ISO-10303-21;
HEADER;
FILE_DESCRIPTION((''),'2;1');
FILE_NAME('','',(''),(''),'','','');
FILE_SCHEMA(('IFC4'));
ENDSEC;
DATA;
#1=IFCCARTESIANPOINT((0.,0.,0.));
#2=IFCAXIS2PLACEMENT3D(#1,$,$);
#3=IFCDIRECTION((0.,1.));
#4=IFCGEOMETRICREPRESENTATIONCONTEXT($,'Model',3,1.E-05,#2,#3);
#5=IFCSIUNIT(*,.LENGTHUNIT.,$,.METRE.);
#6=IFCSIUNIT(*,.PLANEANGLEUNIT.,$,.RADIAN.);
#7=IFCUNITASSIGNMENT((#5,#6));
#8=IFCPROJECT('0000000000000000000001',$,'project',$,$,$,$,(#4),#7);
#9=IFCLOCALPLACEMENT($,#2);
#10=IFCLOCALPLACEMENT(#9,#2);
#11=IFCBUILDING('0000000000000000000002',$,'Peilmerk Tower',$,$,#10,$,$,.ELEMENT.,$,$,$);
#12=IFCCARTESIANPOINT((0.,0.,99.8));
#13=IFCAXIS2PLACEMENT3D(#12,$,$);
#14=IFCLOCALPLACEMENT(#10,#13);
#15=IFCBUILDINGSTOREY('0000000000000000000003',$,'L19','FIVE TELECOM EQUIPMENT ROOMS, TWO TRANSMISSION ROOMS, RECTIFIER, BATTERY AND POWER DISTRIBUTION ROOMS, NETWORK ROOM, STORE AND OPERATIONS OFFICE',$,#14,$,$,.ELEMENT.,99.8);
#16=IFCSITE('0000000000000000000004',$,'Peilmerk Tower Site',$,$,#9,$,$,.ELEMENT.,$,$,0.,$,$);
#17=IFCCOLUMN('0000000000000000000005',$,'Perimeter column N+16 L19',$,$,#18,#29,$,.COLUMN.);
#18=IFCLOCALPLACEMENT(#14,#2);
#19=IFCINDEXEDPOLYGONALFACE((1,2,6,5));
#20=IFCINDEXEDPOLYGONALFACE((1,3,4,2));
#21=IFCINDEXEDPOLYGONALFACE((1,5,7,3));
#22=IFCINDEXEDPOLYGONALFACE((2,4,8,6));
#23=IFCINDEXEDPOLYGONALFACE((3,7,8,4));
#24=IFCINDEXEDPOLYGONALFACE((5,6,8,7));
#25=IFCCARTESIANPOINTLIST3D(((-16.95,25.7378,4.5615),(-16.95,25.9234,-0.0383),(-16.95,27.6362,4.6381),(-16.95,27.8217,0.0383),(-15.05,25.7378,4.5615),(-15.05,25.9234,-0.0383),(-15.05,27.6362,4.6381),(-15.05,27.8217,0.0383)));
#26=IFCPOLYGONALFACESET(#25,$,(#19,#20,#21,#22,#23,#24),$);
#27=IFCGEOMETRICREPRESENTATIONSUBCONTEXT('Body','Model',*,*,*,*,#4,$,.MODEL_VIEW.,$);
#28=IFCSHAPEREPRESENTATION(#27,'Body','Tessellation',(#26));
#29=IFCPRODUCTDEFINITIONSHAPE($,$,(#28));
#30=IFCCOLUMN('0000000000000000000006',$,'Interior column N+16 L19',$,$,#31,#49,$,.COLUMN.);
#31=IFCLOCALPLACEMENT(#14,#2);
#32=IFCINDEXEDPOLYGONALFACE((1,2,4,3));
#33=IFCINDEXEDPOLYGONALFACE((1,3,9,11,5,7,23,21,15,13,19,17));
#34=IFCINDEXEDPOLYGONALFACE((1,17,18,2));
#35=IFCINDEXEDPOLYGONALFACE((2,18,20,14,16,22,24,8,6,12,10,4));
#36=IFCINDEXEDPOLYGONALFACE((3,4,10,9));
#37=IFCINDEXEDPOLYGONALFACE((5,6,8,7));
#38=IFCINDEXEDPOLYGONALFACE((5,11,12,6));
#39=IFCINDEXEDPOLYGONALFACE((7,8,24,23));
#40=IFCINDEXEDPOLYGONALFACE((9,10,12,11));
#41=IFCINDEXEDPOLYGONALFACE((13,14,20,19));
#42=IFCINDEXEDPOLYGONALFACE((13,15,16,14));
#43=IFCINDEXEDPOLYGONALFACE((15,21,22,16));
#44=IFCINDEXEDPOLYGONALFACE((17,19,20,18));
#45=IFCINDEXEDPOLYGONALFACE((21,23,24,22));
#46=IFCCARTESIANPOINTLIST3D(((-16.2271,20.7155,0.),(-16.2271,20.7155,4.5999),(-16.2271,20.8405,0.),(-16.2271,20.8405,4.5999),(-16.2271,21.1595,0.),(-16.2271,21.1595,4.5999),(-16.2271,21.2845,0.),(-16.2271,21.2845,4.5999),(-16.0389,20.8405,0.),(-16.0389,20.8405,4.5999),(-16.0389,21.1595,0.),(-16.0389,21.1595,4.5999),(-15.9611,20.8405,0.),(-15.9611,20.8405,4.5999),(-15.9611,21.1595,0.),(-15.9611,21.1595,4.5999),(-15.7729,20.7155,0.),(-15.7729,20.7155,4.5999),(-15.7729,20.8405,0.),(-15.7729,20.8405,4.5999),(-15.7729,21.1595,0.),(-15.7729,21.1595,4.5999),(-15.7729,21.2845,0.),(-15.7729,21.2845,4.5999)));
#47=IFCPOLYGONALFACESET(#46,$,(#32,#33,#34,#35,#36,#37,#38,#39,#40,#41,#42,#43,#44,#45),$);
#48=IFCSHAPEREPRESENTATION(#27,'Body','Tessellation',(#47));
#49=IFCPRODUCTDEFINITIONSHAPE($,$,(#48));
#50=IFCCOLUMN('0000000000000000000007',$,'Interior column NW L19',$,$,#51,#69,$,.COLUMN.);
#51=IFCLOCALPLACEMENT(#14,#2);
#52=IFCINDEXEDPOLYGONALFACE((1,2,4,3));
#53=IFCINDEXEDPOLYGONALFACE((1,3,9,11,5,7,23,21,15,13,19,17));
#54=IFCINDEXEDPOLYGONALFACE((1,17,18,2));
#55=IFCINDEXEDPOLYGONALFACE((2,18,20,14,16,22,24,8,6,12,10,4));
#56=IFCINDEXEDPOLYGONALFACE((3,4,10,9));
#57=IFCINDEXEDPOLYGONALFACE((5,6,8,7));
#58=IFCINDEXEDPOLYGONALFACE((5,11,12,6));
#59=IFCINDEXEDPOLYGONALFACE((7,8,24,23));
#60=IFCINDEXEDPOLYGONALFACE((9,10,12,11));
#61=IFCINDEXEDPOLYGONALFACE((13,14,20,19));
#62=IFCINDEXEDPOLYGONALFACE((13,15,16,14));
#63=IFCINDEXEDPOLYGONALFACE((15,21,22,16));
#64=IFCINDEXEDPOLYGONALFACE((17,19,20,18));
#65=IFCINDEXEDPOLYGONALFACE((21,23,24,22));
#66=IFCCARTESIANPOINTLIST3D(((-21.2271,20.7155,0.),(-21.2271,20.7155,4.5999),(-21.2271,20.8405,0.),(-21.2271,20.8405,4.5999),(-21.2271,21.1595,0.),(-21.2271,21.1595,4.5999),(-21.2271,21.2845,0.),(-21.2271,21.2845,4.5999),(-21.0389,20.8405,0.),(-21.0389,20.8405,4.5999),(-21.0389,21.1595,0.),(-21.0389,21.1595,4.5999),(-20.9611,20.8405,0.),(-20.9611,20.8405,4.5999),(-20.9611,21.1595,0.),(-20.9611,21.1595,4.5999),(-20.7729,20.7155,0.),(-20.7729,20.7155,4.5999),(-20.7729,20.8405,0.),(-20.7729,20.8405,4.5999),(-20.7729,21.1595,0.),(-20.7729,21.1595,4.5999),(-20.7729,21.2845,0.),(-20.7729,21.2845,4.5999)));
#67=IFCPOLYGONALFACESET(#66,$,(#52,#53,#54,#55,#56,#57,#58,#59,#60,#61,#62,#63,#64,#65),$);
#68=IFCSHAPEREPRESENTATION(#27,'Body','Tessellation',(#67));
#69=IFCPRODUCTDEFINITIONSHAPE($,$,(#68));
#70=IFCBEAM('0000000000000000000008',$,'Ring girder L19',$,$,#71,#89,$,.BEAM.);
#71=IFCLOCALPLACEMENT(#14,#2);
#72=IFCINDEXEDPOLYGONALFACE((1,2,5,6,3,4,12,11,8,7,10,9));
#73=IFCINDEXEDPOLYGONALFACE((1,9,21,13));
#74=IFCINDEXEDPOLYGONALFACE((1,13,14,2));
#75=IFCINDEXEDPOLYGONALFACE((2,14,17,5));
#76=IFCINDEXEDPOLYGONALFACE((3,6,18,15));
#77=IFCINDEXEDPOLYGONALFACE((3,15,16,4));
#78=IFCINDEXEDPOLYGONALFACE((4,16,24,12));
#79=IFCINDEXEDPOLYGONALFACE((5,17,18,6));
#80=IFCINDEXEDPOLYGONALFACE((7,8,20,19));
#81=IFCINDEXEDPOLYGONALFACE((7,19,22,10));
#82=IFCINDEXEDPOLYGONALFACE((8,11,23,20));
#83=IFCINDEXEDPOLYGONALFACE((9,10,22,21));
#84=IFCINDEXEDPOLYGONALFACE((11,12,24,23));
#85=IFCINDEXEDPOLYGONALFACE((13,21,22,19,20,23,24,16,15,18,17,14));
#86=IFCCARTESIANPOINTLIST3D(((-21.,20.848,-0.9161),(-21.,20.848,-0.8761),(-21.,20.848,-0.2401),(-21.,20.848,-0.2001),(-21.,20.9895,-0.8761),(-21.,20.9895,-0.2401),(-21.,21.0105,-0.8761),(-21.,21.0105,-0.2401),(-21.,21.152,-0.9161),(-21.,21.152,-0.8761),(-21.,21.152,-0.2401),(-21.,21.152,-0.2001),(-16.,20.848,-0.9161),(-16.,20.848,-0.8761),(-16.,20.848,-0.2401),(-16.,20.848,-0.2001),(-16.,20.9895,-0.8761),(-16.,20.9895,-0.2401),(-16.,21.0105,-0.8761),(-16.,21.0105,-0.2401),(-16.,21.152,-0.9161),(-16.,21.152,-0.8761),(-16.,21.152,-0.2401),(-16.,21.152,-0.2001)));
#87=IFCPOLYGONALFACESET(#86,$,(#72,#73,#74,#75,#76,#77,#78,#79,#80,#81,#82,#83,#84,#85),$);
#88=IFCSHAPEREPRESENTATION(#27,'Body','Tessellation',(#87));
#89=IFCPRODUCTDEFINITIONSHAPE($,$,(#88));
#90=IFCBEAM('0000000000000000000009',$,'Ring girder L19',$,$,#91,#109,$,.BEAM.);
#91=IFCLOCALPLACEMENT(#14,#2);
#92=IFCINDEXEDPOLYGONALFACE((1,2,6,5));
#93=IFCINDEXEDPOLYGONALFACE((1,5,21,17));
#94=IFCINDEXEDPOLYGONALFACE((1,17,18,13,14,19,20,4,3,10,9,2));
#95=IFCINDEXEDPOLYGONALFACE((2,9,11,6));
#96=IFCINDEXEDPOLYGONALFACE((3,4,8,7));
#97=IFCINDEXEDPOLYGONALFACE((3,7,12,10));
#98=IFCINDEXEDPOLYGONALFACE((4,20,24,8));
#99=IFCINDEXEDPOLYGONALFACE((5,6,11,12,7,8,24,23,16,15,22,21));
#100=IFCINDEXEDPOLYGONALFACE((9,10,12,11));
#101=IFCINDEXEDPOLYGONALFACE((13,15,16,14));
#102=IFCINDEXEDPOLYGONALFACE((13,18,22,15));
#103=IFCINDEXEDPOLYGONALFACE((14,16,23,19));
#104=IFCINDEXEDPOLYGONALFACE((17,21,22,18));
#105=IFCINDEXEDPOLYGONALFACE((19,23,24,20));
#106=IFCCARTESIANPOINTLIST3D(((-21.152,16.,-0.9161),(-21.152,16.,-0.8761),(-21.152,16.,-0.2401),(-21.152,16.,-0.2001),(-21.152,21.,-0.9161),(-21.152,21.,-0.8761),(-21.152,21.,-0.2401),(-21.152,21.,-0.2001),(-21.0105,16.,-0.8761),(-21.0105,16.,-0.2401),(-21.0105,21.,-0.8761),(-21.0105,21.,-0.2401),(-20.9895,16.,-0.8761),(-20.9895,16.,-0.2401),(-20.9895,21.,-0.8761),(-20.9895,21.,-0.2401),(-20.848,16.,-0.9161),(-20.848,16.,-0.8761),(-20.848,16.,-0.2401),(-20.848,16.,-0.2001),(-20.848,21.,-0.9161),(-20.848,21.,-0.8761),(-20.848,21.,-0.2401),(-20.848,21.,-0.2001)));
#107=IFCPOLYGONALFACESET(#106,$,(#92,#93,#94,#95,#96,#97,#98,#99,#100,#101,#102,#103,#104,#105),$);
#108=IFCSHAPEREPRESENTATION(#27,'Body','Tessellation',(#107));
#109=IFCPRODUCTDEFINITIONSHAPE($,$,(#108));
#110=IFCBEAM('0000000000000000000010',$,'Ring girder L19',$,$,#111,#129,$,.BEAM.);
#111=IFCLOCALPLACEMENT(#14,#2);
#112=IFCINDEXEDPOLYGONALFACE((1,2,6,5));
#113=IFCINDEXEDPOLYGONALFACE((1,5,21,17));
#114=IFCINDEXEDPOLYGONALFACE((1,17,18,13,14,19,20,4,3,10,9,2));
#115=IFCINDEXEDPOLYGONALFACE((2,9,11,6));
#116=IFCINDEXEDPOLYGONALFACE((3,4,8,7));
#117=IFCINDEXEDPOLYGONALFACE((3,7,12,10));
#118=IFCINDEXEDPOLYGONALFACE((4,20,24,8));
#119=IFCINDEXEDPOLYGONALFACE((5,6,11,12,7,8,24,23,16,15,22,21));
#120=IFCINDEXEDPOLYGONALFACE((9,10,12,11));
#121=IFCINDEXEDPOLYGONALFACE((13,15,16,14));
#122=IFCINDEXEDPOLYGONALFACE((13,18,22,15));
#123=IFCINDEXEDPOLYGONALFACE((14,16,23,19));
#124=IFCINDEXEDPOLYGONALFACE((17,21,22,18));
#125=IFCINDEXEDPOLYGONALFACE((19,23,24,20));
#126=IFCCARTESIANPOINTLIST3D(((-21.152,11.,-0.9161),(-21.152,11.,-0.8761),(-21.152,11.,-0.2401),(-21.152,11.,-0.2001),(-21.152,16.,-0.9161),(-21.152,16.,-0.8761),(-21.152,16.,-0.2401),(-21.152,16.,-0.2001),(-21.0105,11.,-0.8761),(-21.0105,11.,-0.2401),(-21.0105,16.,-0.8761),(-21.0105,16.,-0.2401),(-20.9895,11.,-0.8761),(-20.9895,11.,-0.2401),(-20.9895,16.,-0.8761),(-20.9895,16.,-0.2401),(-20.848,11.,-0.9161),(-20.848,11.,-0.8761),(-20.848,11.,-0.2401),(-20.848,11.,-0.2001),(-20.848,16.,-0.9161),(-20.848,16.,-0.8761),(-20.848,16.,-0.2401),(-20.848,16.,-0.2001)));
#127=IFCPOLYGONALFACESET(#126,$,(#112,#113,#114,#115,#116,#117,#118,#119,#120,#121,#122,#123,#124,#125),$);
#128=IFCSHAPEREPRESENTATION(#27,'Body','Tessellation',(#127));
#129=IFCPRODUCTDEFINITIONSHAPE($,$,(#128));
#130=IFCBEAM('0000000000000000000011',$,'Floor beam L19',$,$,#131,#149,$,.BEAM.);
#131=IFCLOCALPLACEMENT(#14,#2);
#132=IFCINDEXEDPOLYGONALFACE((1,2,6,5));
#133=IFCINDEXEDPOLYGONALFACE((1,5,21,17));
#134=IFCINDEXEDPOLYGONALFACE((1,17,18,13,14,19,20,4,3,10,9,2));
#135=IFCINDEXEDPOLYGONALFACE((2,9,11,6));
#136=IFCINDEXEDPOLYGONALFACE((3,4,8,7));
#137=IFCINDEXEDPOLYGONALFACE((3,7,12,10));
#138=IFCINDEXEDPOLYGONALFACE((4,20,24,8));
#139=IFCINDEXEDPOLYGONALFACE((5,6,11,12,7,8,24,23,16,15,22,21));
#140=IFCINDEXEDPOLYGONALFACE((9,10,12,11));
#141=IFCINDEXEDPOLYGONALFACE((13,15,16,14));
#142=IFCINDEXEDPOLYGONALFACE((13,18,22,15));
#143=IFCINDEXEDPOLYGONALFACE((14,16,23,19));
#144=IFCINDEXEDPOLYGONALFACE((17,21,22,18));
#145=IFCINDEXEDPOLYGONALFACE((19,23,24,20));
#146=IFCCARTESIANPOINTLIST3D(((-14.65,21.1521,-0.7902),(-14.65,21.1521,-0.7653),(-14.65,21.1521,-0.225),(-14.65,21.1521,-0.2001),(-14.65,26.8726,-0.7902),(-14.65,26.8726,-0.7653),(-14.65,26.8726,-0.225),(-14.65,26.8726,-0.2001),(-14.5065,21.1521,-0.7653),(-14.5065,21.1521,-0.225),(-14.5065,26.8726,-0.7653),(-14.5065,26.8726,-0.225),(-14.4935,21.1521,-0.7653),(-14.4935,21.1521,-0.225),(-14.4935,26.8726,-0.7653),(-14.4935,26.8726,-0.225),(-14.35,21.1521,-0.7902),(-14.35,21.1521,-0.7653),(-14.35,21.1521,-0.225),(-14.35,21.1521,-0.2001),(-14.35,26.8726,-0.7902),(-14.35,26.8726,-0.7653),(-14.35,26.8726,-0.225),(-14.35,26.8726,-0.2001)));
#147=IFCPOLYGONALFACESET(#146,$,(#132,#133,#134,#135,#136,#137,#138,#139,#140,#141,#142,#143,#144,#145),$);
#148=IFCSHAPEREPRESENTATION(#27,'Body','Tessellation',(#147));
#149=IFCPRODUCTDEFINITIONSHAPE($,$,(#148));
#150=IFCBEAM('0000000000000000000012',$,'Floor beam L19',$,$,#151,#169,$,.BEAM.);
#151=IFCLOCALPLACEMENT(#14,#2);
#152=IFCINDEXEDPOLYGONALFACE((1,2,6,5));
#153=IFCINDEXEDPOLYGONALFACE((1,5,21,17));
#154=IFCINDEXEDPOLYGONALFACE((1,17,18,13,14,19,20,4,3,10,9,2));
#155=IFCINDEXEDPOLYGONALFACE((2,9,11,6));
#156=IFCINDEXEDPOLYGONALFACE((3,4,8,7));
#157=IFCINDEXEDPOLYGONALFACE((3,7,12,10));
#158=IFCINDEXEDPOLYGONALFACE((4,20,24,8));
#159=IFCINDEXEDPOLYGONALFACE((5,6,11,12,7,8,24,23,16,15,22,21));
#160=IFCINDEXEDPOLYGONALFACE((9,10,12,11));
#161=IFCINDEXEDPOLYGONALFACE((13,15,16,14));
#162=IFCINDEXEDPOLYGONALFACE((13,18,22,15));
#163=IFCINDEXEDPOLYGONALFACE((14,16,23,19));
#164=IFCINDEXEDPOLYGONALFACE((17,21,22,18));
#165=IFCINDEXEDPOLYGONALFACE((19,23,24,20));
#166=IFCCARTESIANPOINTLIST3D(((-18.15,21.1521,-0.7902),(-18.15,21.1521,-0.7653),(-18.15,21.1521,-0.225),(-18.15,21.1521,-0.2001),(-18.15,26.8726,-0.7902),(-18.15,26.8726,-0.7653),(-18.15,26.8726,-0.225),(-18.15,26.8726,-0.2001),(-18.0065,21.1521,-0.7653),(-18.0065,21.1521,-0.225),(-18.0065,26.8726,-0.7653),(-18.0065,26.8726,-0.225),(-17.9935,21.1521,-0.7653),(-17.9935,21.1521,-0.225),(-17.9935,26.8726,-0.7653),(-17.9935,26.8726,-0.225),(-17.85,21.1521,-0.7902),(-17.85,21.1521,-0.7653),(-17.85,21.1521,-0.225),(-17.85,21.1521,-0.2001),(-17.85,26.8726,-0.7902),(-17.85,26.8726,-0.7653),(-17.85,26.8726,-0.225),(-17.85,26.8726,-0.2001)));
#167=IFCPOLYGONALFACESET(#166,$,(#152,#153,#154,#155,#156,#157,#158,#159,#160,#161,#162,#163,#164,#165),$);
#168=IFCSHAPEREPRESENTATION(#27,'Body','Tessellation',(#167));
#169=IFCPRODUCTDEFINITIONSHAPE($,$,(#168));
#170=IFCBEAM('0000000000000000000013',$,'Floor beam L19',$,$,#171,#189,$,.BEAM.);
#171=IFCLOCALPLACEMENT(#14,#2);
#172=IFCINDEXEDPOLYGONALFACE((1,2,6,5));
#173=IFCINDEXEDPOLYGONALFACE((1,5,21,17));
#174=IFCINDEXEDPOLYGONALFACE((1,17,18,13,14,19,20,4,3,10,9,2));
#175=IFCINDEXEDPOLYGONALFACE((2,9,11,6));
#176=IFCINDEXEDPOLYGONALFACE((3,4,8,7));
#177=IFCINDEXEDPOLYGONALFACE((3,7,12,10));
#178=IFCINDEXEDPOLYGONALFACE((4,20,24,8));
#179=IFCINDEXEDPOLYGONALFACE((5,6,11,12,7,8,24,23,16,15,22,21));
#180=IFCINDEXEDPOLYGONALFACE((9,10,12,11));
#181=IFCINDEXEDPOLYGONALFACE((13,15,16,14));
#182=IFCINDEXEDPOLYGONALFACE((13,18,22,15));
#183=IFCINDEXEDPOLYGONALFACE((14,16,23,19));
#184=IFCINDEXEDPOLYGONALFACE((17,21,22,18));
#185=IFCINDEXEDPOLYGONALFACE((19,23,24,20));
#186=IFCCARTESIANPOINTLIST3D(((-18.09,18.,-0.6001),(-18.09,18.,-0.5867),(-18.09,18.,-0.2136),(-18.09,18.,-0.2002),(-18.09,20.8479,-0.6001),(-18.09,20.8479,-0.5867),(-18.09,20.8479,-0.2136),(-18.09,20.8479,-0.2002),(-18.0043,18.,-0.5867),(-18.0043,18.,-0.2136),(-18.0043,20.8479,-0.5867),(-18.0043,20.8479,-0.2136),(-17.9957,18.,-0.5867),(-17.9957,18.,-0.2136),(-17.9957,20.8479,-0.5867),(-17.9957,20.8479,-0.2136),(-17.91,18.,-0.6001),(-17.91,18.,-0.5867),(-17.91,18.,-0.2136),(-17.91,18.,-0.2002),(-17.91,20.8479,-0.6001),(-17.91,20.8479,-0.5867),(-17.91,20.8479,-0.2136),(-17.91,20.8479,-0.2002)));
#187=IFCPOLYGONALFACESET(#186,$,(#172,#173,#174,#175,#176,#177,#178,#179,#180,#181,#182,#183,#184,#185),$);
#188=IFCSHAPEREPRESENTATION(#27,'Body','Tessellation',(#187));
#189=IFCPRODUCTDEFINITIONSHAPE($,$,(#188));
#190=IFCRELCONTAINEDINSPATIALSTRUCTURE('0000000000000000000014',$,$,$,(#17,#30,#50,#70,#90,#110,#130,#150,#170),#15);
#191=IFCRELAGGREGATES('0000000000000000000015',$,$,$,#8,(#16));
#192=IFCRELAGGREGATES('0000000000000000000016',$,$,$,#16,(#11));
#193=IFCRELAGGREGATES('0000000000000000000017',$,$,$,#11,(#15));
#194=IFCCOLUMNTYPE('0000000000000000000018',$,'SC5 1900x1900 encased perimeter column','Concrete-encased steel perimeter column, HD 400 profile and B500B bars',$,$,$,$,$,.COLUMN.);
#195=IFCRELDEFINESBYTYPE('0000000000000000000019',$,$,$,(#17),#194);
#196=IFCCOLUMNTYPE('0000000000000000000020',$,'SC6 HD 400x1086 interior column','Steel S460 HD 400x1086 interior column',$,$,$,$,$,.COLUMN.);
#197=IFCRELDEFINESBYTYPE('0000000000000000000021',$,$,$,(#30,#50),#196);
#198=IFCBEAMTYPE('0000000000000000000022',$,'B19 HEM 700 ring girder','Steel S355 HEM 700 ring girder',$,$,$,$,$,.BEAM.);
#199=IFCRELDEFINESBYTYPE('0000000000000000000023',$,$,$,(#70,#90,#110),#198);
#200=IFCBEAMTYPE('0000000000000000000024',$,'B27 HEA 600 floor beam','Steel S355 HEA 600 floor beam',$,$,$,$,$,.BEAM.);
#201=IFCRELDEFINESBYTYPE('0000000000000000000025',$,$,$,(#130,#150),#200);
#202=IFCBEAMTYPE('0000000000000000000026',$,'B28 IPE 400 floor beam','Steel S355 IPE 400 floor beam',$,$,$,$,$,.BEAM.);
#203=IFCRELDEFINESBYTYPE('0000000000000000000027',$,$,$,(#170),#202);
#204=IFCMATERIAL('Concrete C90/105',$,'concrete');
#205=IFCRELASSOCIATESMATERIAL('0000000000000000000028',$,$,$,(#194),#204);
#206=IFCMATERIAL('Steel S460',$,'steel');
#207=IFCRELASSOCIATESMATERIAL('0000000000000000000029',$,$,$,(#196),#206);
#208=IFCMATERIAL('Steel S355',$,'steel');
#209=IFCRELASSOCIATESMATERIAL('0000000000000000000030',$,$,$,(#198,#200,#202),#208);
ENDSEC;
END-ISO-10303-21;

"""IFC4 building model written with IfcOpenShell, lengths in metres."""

from ifc_helpers import new_model, si_unit, direction, frame, origin, origin_2d, place, context, subcontext, project, spatial, rectangle, i_section, extrude, material, material_profile, profile_set, type_object, element, save


model = new_model("IFC4")

# Units and contexts
model_context = context("Model", 3, precision=1e-05, world=origin(), true_north=direction((0.0, 1.0)))
body_context = subcontext(model_context, "Body", "Model", "MODEL_VIEW")
ifc_project = project(units=[si_unit("LENGTHUNIT", "METRE"), si_unit("PLANEANGLEUNIT", "RADIAN")], contexts=[model_context])

# Site, building, storey
site_placement = place(None, origin())
site = spatial("IfcSite", under=ifc_project, at=site_placement, Name="Peilmerk Tower Site", CompositionType="ELEMENT", RefElevation=0.0)
building_placement = place(site_placement, origin())
building = spatial("IfcBuilding", under=site, at=building_placement, Name="Peilmerk Tower", CompositionType="ELEMENT")
storey_placement = place(building_placement, frame((0.0, 0.0, 99.8)))
storey = spatial("IfcBuildingStorey", under=building, at=storey_placement, Name="L19", Description="FIVE TELECOM EQUIPMENT ROOMS, TWO TRANSMISSION ROOMS, RECTIFIER, BATTERY AND POWER DISTRIBUTION ROOMS, NETWORK ROOM, STORE AND OPERATIONS OFFICE", CompositionType="ELEMENT", Elevation=99.8)

# Columns
ifc_material_1 = material(Name="Concrete C90/105", Category="concrete")
ifc_material_profile_1 = material_profile(ifc_material_1, rectangle(XDim=1.8999, YDim=1.8999, at=origin_2d()), Name="RC 1900x1900")
ifc_profile_set_1 = profile_set([ifc_material_profile_1], Name="Concrete C90/105")
column_type_1 = type_object("IfcColumnType", Name="SC5 1900x1900 encased perimeter column", Description="Concrete-encased steel perimeter column, HD 400 profile and B500B bars", PredefinedType="COLUMN", material=ifc_profile_set_1)
column_placement = place(storey_placement, frame((-16.0, 26.8726, 0.0), z_axis=(0.0, -0.040305, 0.999187), x_axis=(1.0, 0.0, 0.0)))
element("IfcColumn", 1, at=column_placement, inside=storey, type_object=column_type_1, Name="Perimeter column N+16 L19", PredefinedType="COLUMN", context=body_context, shape_type="SweptSolid", body=[
    extrude(rectangle(XDim=1.8999, YDim=1.8999, at=origin_2d()), origin(), (0.0, 0.0, 1.0), 4.6035),
])
ifc_material_2 = material(Name="Steel S460", Category="steel")
ifc_material_profile_2 = material_profile(ifc_material_2, i_section(OverallWidth=0.4541, OverallDepth=0.5691, WebThickness=0.0779, FlangeThickness=0.125, at=origin_2d()), Name="HD 400x1086")
ifc_profile_set_2 = profile_set([ifc_material_profile_2], Name="Steel S460")
column_type_2 = type_object("IfcColumnType", Name="SC6 HD 400x1086 interior column", Description="Steel S460 HD 400x1086 interior column", PredefinedType="COLUMN", material=ifc_profile_set_2)
for number, where, z_axis, x_axis, name in (
    (2, (-16.0, 21.0, 0.0), (0.0, 0.0, 1.0), (1.0, 0.0, 0.0), "Interior column N+16 L19"),
    (3, (-21.0, 21.0, 0.0), (0.0, 0.0, 1.0), (1.0, 0.0, 0.0), "Interior column NW L19"),
):
    element("IfcColumn", number, at=place(storey_placement, frame(where, z_axis=z_axis, x_axis=x_axis)), inside=storey, type_object=column_type_2, Name=name, PredefinedType="COLUMN", context=body_context, shape_type="SweptSolid", body=[
        extrude(i_section(OverallWidth=0.4541, OverallDepth=0.5691, WebThickness=0.0779, FlangeThickness=0.125, at=origin_2d()), origin(), (0.0, 0.0, 1.0), 4.5999),
    ])

# Beams
ifc_material_3 = material(Name="Steel S355", Category="steel")
ifc_material_profile_3 = material_profile(ifc_material_3, i_section(OverallWidth=0.304, OverallDepth=0.7161, WebThickness=0.021, FlangeThickness=0.04, at=origin_2d()), Name="HEM 700")
ifc_profile_set_3 = profile_set([ifc_material_profile_3], Name="Steel S355")
beam_type_1 = type_object("IfcBeamType", Name="B19 HEM 700 ring girder", Description="Steel S355 HEM 700 ring girder", PredefinedType="BEAM", material=ifc_profile_set_3)
for number, where, z_axis, x_axis, name in (
    (4, (-16.0, 21.0, -0.5581), (-1.0, 0.0, 0.0), (0.0, -1.0, 0.0), "Ring girder L19"),
    (5, (-21.0, 21.0, -0.5581), (0.0, -1.0, 0.0), (1.0, 0.0, 0.0), "Ring girder L19"),
    (6, (-21.0, 16.0, -0.5581), (0.0, -1.0, 0.0), (1.0, 0.0, 0.0), "Ring girder L19"),
):
    element("IfcBeam", number, at=place(storey_placement, frame(where, z_axis=z_axis, x_axis=x_axis)), inside=storey, type_object=beam_type_1, Name=name, PredefinedType="BEAM", context=body_context, shape_type="SweptSolid", body=[
        extrude(i_section(OverallWidth=0.304, OverallDepth=0.7161, WebThickness=0.021, FlangeThickness=0.04, at=origin_2d()), origin(), (0.0, 0.0, 1.0), 5.0),
    ])
ifc_material_profile_4 = material_profile(ifc_material_3, i_section(OverallWidth=0.3, OverallDepth=0.5901, WebThickness=0.0129, FlangeThickness=0.0249, at=origin_2d()), Name="HEA 600")
ifc_profile_set_4 = profile_set([ifc_material_profile_4], Name="Steel S355")
beam_type_2 = type_object("IfcBeamType", Name="B27 HEA 600 floor beam", Description="Steel S355 HEA 600 floor beam", PredefinedType="BEAM", material=ifc_profile_set_4)
for number, where, z_axis, x_axis, name in (
    (7, (-14.5, 21.1521, -0.4951), (0.0, 1.0, 0.0), (-1.0, 0.0, 0.0), "Floor beam L19"),
    (8, (-18.0, 21.1521, -0.4951), (0.0, 1.0, 0.0), (-1.0, 0.0, 0.0), "Floor beam L19"),
):
    element("IfcBeam", number, at=place(storey_placement, frame(where, z_axis=z_axis, x_axis=x_axis)), inside=storey, type_object=beam_type_2, Name=name, PredefinedType="BEAM", context=body_context, shape_type="SweptSolid", body=[
        extrude(i_section(OverallWidth=0.3, OverallDepth=0.5901, WebThickness=0.0129, FlangeThickness=0.0249, at=origin_2d()), origin(), (0.0, 0.0, 1.0), 5.7205),
    ])
ifc_material_profile_5 = material_profile(ifc_material_3, i_section(OverallWidth=0.1799, OverallDepth=0.3999, WebThickness=0.0085, FlangeThickness=0.0134, at=origin_2d()), Name="IPE 400")
ifc_profile_set_5 = profile_set([ifc_material_profile_5], Name="Steel S355")
beam_type_3 = type_object("IfcBeamType", Name="B28 IPE 400 floor beam", Description="Steel S355 IPE 400 floor beam", PredefinedType="BEAM", material=ifc_profile_set_5)
for number, where, z_axis, x_axis, name in (
    (9, (-18.0, 18.0, -0.4001), (0.0, 1.0, 0.0), (-1.0, 0.0, 0.0), "Floor beam L19"),
):
    element("IfcBeam", number, at=place(storey_placement, frame(where, z_axis=z_axis, x_axis=x_axis)), inside=storey, type_object=beam_type_3, Name=name, PredefinedType="BEAM", context=body_context, shape_type="SweptSolid", body=[
        extrude(i_section(OverallWidth=0.1799, OverallDepth=0.3999, WebThickness=0.0085, FlangeThickness=0.0134, at=origin_2d()), origin(), (0.0, 0.0, 1.0), 2.8479),
    ])

save(model, "model.ifc")
